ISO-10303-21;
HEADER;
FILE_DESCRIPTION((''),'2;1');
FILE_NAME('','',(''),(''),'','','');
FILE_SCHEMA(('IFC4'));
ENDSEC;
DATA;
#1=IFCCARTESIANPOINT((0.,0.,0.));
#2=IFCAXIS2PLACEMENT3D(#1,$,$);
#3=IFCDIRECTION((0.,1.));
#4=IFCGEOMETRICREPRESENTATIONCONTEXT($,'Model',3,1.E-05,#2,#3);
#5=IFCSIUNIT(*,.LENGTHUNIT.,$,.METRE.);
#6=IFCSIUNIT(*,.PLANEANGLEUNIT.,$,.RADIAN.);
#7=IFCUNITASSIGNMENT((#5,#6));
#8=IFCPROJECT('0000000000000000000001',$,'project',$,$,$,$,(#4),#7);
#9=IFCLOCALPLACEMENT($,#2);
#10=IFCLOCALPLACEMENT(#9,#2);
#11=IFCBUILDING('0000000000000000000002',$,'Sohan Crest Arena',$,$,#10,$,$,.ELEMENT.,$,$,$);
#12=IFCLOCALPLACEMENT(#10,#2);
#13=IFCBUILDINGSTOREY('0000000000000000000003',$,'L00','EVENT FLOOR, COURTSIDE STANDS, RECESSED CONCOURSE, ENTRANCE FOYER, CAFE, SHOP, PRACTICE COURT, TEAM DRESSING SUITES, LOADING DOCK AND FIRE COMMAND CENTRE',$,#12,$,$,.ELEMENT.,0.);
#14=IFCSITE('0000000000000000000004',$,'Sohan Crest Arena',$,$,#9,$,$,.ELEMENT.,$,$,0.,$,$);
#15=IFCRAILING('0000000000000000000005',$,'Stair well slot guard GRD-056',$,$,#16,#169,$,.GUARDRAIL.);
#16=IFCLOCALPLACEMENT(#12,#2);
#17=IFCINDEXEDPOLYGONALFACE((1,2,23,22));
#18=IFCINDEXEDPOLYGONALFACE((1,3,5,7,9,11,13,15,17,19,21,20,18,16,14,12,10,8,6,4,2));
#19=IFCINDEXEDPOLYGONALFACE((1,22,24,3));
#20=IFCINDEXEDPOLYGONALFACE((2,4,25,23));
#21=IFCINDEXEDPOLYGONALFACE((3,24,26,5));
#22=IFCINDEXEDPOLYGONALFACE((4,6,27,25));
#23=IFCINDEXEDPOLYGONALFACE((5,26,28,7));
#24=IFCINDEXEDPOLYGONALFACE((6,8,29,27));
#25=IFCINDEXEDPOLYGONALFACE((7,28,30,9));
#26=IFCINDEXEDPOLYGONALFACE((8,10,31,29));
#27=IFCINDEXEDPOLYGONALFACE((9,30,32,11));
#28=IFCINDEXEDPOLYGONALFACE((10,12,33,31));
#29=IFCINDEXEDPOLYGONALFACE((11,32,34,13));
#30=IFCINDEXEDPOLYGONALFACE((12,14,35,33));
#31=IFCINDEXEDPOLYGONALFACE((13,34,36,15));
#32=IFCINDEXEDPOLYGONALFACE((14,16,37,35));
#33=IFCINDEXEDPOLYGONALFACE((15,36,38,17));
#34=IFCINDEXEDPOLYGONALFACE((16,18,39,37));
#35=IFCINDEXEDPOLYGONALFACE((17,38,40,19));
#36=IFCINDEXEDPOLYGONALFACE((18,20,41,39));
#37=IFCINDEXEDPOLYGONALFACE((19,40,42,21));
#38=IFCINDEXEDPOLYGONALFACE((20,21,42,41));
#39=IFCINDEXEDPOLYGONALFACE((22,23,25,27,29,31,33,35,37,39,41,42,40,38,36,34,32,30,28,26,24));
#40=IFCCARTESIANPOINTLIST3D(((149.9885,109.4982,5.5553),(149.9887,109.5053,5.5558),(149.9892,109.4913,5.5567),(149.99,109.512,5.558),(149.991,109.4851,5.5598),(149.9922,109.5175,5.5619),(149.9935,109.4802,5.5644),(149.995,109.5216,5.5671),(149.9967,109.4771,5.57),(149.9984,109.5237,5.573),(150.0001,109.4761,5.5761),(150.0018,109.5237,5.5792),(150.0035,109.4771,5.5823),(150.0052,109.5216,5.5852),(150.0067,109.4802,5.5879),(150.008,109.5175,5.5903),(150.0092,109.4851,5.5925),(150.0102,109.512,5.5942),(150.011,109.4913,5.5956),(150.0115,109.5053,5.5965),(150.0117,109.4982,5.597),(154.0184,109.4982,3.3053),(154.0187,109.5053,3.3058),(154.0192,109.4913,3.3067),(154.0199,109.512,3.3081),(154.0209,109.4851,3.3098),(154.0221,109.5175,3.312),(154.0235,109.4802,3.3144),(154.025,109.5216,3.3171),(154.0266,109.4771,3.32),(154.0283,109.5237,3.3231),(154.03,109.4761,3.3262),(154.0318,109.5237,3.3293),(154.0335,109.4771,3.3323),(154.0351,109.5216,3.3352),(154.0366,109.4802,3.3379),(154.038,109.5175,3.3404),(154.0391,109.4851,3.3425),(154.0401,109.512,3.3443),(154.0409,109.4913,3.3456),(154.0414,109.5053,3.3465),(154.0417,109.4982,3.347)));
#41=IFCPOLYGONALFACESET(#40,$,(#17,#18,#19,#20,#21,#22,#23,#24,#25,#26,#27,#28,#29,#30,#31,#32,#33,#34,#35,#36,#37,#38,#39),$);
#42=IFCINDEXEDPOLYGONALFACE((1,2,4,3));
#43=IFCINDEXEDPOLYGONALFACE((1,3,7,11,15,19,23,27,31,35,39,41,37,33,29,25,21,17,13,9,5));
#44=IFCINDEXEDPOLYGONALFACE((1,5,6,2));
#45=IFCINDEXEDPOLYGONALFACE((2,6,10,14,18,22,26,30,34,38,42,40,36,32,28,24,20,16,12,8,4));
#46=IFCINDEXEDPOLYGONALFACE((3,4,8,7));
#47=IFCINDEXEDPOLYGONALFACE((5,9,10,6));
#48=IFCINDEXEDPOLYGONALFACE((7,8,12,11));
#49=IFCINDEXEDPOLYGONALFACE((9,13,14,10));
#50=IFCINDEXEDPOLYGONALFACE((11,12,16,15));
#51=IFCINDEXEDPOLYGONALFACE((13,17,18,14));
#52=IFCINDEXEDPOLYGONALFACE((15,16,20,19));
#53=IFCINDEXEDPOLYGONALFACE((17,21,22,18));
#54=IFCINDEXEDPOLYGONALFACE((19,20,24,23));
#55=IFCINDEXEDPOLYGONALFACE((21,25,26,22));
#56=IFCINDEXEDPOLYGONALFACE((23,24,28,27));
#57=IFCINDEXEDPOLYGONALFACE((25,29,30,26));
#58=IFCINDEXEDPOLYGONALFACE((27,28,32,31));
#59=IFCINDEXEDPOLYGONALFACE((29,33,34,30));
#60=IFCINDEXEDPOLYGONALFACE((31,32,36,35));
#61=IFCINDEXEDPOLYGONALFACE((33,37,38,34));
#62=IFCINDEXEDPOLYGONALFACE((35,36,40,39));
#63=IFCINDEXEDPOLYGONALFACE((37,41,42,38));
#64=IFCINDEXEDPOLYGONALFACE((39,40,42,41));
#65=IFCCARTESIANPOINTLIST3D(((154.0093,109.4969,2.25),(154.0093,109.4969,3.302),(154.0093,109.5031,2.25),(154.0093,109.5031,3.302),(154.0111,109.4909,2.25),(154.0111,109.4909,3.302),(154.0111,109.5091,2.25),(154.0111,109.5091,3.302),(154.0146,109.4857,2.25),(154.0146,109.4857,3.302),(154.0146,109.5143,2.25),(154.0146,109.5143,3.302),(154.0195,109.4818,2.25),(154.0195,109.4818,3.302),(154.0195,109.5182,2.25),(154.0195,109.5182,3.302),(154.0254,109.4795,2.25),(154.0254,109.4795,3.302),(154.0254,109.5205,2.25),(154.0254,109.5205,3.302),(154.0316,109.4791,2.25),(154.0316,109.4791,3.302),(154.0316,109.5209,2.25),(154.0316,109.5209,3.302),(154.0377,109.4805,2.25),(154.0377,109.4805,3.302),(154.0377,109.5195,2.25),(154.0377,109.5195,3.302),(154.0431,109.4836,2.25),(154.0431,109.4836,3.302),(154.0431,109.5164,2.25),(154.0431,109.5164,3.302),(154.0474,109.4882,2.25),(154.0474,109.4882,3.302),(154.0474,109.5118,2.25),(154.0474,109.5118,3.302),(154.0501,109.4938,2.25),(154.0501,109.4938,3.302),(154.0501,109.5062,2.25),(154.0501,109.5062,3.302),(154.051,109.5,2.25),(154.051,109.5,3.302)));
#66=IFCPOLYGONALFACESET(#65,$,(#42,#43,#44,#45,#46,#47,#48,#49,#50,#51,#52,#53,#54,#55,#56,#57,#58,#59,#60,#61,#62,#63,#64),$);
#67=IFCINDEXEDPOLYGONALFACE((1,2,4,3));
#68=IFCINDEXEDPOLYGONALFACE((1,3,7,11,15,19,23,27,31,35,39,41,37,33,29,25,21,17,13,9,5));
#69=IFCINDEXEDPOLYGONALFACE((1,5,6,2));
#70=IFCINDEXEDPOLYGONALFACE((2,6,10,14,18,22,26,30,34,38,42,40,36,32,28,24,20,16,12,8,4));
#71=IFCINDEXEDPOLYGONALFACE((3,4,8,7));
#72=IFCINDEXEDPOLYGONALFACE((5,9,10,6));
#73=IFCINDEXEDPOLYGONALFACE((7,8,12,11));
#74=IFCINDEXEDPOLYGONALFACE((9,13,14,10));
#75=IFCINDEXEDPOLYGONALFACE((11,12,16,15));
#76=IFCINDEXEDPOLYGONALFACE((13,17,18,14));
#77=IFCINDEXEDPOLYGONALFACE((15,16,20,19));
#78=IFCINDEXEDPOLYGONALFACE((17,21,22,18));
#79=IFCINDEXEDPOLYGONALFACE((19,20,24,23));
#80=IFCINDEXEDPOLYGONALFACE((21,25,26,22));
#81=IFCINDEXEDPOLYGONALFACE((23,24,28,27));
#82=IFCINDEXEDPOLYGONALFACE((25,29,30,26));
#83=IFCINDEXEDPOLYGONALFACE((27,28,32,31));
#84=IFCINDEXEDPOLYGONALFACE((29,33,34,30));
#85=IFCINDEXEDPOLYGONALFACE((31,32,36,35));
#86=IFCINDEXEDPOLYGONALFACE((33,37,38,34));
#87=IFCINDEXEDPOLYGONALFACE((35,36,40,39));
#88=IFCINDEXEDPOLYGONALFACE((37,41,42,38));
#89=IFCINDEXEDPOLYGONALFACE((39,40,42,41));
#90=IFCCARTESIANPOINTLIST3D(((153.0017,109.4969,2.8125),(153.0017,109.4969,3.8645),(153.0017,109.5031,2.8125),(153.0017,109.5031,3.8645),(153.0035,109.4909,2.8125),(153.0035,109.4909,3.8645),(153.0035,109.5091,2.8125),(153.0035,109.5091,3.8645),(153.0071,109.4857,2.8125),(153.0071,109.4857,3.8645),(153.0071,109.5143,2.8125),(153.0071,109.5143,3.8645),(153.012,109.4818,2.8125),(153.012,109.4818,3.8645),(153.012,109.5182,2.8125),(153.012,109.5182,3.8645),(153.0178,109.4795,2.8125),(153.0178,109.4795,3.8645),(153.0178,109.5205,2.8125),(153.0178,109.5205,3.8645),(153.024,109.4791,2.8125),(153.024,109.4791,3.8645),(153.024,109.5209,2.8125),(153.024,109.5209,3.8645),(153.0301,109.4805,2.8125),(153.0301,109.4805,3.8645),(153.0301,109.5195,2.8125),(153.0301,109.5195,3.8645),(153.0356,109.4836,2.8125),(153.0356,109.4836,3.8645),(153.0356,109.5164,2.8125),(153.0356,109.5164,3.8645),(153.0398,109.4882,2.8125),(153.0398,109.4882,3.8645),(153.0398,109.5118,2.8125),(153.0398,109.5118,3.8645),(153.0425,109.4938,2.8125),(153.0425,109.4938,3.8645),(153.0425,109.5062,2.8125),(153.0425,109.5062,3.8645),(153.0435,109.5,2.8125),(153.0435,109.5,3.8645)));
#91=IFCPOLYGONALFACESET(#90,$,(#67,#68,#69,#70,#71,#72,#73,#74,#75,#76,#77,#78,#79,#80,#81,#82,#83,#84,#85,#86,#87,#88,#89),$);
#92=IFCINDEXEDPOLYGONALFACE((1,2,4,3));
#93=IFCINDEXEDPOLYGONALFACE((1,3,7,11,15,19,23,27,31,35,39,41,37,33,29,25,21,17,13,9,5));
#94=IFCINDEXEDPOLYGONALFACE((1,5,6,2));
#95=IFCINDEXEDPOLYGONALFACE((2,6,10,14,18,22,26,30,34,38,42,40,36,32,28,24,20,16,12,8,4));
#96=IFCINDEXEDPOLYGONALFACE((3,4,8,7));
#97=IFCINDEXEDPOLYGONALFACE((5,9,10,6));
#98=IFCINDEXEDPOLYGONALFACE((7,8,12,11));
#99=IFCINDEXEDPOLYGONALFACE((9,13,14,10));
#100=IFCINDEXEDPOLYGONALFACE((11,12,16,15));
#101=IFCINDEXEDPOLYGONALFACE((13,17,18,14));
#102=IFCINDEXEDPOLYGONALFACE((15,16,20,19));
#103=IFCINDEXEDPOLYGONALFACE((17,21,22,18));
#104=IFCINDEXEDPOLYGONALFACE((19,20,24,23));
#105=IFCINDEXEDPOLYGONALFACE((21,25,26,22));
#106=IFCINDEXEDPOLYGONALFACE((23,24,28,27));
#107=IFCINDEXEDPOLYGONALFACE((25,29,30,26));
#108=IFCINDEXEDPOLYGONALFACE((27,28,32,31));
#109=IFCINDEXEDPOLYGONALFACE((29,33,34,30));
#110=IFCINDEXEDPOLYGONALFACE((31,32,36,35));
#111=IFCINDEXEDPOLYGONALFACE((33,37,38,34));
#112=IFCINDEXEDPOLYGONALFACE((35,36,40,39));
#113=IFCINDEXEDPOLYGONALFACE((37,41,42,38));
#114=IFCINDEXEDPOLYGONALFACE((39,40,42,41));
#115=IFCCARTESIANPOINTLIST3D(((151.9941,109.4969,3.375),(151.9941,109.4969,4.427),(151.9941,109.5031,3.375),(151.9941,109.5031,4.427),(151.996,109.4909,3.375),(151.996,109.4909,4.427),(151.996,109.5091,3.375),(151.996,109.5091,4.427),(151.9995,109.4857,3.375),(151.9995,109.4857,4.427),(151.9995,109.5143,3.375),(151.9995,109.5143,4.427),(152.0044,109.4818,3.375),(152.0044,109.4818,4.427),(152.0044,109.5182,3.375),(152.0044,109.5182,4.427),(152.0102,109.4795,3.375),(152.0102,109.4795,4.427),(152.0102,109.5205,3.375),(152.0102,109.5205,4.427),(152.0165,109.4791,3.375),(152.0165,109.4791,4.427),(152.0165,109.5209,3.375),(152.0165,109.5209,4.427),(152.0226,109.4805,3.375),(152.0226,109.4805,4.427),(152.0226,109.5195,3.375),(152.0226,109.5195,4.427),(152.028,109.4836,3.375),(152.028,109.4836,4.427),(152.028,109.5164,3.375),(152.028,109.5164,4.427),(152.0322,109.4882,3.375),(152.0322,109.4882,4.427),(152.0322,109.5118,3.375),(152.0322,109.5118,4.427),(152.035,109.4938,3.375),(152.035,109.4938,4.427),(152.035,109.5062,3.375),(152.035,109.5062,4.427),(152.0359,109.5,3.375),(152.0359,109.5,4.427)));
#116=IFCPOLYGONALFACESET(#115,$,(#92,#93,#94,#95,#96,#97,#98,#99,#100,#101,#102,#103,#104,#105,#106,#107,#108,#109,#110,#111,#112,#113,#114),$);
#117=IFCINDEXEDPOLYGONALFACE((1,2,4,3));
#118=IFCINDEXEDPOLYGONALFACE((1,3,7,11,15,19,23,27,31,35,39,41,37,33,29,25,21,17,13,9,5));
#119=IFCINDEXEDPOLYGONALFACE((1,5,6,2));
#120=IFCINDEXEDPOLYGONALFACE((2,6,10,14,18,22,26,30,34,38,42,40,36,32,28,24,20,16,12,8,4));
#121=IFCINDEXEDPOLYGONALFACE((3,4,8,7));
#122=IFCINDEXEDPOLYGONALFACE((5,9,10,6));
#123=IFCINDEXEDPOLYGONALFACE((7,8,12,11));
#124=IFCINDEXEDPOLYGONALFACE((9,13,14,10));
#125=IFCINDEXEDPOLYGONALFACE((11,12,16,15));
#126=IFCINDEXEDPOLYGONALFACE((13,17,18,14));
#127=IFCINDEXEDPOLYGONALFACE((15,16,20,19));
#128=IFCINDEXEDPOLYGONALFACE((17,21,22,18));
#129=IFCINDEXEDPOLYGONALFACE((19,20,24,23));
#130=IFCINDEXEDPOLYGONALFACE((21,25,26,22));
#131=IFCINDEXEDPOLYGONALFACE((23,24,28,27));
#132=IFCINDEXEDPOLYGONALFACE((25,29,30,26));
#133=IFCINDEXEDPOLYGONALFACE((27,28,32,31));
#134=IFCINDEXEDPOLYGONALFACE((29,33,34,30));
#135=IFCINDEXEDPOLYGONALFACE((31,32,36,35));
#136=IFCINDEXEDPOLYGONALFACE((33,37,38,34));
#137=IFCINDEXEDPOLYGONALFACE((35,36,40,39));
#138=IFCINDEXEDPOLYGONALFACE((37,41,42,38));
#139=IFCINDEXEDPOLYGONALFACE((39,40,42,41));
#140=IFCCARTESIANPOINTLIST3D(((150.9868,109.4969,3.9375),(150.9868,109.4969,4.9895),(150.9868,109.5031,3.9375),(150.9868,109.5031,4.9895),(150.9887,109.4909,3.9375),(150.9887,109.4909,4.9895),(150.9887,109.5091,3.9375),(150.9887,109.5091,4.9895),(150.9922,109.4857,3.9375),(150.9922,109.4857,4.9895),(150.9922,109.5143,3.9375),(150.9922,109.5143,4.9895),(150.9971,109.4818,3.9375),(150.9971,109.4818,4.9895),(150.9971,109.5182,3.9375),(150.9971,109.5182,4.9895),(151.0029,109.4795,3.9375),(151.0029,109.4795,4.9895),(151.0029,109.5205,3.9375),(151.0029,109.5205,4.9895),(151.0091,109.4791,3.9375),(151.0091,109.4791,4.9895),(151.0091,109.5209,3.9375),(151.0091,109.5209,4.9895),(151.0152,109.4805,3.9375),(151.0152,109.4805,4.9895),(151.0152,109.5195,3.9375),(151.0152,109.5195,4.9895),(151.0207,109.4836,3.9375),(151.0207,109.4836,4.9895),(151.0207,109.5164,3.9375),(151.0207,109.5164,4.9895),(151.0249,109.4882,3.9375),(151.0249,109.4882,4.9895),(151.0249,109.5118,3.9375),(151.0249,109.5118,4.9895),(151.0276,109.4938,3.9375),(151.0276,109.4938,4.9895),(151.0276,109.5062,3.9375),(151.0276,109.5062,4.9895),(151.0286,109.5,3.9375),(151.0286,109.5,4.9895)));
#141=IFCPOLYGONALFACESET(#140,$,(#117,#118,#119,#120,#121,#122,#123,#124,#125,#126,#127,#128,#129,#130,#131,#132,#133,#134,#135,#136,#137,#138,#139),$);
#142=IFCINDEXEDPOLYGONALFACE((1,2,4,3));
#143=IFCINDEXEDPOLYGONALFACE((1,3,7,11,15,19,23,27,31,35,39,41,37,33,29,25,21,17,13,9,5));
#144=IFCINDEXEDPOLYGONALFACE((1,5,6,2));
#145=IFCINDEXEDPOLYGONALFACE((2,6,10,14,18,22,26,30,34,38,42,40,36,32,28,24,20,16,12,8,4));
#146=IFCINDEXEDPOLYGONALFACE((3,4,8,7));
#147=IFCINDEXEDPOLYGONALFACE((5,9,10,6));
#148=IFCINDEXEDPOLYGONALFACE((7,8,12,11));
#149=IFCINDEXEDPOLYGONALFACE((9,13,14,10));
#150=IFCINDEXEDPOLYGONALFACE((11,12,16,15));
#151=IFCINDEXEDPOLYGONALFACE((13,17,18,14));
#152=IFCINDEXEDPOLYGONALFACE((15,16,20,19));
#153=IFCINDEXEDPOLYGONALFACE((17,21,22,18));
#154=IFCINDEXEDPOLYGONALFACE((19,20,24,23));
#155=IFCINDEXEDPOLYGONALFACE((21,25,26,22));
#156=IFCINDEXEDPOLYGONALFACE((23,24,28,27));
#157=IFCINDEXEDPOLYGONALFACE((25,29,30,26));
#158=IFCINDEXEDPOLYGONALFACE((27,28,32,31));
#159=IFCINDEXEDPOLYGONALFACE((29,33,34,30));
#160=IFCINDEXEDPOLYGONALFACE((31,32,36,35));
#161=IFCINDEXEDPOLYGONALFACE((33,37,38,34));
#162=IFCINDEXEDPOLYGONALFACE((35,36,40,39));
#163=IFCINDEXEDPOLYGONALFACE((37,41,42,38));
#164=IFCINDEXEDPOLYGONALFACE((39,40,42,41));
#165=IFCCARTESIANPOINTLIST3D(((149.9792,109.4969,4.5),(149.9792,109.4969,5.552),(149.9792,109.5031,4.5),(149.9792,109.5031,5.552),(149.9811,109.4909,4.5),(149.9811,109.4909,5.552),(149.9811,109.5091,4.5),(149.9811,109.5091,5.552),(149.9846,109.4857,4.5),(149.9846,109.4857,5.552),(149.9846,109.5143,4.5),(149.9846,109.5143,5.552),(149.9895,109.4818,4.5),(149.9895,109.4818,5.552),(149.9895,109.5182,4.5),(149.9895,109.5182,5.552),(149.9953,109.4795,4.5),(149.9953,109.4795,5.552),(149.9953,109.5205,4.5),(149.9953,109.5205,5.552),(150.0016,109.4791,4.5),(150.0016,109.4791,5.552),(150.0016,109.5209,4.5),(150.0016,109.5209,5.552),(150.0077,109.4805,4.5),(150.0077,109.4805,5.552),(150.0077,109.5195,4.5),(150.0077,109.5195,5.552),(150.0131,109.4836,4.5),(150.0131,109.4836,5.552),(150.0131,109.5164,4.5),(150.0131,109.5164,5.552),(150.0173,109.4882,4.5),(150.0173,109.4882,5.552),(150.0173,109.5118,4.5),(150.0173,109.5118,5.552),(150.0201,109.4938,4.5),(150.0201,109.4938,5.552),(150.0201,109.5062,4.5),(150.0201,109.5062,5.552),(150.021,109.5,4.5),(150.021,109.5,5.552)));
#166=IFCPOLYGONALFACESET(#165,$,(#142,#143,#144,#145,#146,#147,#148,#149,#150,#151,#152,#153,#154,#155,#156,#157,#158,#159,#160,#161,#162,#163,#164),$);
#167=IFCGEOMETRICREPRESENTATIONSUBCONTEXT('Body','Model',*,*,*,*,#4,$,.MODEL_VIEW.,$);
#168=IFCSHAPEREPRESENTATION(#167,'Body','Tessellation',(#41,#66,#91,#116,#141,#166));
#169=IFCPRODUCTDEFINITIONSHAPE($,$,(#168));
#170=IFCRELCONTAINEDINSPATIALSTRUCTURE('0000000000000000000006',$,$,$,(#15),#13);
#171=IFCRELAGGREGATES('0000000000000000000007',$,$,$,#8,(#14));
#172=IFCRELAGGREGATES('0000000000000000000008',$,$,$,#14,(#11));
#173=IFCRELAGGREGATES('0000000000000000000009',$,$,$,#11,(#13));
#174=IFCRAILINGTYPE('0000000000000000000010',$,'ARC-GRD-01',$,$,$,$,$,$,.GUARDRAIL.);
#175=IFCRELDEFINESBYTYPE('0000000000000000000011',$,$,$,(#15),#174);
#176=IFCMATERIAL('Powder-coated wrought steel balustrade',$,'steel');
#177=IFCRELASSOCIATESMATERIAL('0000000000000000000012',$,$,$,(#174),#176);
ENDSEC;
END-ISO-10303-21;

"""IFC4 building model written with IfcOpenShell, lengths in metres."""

from ifc_helpers import new_model, si_unit, direction, frame, origin, origin_2d, place, context, subcontext, project, spatial, circle, extrude, material, type_object, element, save


model = new_model("IFC4")

# Units and contexts
model_context = context("Model", 3, precision=1e-05, world=origin(), true_north=direction((0.0, 1.0)))
body_context = subcontext(model_context, "Body", "Model", "MODEL_VIEW")
ifc_project = project(units=[si_unit("LENGTHUNIT", "METRE"), si_unit("PLANEANGLEUNIT", "RADIAN")], contexts=[model_context])

# Site, building, storey
site_placement = place(None, origin())
site = spatial("IfcSite", under=ifc_project, at=site_placement, Name="Sohan Crest Arena", CompositionType="ELEMENT", RefElevation=0.0)
building_placement = place(site_placement, origin())
building = spatial("IfcBuilding", under=site, at=building_placement, Name="Sohan Crest Arena", CompositionType="ELEMENT")
storey_placement = place(building_placement, origin())
storey = spatial("IfcBuildingStorey", under=building, at=storey_placement, Name="L00", Description="EVENT FLOOR, COURTSIDE STANDS, RECESSED CONCOURSE, ENTRANCE FOYER, CAFE, SHOP, PRACTICE COURT, TEAM DRESSING SUITES, LOADING DOCK AND FIRE COMMAND CENTRE", CompositionType="ELEMENT", Elevation=0.0)

# Railing
ifc_material_1 = material(Name="Powder-coated wrought steel balustrade", Category="steel")
railing_type_1 = type_object("IfcRailingType", Name="ARC-GRD-01", PredefinedType="GUARDRAIL", material=ifc_material_1)
railing_1_placement = place(storey_placement, frame((154.03, 109.5, 2.25)))
element("IfcRailing", 1, at=railing_1_placement, inside=storey, type_object=railing_type_1, Name="Stair well slot guard GRD-056", PredefinedType="GUARDRAIL", context=body_context, shape_type="SweptSolid", body=[
    extrude(circle(Radius=0.0239, at=origin_2d()), frame((0.0, 0.0, 1.0762), z_axis=(-0.873135, 0.0, 0.487479), x_axis=(0.0, -1.0, 0.0)), (0.0, 0.0, 1.0), 4.6155),
    extrude(circle(Radius=0.021, at=origin_2d()), origin(), (0.0, 0.0, 1.0), 1.052),
    extrude(circle(Radius=0.021, at=origin_2d()), frame((-1.0076, 0.0, 0.5625)), (0.0, 0.0, 1.0), 1.052),
    extrude(circle(Radius=0.021, at=origin_2d()), frame((-2.0151, 0.0, 1.125)), (0.0, 0.0, 1.0), 1.052),
    extrude(circle(Radius=0.021, at=origin_2d()), frame((-3.0225, 0.0, 1.6875)), (0.0, 0.0, 1.0), 1.052),
    extrude(circle(Radius=0.021, at=origin_2d()), frame((-4.03, 0.0, 2.25)), (0.0, 0.0, 1.0), 1.052),
])

save(model, "model.ifc")
